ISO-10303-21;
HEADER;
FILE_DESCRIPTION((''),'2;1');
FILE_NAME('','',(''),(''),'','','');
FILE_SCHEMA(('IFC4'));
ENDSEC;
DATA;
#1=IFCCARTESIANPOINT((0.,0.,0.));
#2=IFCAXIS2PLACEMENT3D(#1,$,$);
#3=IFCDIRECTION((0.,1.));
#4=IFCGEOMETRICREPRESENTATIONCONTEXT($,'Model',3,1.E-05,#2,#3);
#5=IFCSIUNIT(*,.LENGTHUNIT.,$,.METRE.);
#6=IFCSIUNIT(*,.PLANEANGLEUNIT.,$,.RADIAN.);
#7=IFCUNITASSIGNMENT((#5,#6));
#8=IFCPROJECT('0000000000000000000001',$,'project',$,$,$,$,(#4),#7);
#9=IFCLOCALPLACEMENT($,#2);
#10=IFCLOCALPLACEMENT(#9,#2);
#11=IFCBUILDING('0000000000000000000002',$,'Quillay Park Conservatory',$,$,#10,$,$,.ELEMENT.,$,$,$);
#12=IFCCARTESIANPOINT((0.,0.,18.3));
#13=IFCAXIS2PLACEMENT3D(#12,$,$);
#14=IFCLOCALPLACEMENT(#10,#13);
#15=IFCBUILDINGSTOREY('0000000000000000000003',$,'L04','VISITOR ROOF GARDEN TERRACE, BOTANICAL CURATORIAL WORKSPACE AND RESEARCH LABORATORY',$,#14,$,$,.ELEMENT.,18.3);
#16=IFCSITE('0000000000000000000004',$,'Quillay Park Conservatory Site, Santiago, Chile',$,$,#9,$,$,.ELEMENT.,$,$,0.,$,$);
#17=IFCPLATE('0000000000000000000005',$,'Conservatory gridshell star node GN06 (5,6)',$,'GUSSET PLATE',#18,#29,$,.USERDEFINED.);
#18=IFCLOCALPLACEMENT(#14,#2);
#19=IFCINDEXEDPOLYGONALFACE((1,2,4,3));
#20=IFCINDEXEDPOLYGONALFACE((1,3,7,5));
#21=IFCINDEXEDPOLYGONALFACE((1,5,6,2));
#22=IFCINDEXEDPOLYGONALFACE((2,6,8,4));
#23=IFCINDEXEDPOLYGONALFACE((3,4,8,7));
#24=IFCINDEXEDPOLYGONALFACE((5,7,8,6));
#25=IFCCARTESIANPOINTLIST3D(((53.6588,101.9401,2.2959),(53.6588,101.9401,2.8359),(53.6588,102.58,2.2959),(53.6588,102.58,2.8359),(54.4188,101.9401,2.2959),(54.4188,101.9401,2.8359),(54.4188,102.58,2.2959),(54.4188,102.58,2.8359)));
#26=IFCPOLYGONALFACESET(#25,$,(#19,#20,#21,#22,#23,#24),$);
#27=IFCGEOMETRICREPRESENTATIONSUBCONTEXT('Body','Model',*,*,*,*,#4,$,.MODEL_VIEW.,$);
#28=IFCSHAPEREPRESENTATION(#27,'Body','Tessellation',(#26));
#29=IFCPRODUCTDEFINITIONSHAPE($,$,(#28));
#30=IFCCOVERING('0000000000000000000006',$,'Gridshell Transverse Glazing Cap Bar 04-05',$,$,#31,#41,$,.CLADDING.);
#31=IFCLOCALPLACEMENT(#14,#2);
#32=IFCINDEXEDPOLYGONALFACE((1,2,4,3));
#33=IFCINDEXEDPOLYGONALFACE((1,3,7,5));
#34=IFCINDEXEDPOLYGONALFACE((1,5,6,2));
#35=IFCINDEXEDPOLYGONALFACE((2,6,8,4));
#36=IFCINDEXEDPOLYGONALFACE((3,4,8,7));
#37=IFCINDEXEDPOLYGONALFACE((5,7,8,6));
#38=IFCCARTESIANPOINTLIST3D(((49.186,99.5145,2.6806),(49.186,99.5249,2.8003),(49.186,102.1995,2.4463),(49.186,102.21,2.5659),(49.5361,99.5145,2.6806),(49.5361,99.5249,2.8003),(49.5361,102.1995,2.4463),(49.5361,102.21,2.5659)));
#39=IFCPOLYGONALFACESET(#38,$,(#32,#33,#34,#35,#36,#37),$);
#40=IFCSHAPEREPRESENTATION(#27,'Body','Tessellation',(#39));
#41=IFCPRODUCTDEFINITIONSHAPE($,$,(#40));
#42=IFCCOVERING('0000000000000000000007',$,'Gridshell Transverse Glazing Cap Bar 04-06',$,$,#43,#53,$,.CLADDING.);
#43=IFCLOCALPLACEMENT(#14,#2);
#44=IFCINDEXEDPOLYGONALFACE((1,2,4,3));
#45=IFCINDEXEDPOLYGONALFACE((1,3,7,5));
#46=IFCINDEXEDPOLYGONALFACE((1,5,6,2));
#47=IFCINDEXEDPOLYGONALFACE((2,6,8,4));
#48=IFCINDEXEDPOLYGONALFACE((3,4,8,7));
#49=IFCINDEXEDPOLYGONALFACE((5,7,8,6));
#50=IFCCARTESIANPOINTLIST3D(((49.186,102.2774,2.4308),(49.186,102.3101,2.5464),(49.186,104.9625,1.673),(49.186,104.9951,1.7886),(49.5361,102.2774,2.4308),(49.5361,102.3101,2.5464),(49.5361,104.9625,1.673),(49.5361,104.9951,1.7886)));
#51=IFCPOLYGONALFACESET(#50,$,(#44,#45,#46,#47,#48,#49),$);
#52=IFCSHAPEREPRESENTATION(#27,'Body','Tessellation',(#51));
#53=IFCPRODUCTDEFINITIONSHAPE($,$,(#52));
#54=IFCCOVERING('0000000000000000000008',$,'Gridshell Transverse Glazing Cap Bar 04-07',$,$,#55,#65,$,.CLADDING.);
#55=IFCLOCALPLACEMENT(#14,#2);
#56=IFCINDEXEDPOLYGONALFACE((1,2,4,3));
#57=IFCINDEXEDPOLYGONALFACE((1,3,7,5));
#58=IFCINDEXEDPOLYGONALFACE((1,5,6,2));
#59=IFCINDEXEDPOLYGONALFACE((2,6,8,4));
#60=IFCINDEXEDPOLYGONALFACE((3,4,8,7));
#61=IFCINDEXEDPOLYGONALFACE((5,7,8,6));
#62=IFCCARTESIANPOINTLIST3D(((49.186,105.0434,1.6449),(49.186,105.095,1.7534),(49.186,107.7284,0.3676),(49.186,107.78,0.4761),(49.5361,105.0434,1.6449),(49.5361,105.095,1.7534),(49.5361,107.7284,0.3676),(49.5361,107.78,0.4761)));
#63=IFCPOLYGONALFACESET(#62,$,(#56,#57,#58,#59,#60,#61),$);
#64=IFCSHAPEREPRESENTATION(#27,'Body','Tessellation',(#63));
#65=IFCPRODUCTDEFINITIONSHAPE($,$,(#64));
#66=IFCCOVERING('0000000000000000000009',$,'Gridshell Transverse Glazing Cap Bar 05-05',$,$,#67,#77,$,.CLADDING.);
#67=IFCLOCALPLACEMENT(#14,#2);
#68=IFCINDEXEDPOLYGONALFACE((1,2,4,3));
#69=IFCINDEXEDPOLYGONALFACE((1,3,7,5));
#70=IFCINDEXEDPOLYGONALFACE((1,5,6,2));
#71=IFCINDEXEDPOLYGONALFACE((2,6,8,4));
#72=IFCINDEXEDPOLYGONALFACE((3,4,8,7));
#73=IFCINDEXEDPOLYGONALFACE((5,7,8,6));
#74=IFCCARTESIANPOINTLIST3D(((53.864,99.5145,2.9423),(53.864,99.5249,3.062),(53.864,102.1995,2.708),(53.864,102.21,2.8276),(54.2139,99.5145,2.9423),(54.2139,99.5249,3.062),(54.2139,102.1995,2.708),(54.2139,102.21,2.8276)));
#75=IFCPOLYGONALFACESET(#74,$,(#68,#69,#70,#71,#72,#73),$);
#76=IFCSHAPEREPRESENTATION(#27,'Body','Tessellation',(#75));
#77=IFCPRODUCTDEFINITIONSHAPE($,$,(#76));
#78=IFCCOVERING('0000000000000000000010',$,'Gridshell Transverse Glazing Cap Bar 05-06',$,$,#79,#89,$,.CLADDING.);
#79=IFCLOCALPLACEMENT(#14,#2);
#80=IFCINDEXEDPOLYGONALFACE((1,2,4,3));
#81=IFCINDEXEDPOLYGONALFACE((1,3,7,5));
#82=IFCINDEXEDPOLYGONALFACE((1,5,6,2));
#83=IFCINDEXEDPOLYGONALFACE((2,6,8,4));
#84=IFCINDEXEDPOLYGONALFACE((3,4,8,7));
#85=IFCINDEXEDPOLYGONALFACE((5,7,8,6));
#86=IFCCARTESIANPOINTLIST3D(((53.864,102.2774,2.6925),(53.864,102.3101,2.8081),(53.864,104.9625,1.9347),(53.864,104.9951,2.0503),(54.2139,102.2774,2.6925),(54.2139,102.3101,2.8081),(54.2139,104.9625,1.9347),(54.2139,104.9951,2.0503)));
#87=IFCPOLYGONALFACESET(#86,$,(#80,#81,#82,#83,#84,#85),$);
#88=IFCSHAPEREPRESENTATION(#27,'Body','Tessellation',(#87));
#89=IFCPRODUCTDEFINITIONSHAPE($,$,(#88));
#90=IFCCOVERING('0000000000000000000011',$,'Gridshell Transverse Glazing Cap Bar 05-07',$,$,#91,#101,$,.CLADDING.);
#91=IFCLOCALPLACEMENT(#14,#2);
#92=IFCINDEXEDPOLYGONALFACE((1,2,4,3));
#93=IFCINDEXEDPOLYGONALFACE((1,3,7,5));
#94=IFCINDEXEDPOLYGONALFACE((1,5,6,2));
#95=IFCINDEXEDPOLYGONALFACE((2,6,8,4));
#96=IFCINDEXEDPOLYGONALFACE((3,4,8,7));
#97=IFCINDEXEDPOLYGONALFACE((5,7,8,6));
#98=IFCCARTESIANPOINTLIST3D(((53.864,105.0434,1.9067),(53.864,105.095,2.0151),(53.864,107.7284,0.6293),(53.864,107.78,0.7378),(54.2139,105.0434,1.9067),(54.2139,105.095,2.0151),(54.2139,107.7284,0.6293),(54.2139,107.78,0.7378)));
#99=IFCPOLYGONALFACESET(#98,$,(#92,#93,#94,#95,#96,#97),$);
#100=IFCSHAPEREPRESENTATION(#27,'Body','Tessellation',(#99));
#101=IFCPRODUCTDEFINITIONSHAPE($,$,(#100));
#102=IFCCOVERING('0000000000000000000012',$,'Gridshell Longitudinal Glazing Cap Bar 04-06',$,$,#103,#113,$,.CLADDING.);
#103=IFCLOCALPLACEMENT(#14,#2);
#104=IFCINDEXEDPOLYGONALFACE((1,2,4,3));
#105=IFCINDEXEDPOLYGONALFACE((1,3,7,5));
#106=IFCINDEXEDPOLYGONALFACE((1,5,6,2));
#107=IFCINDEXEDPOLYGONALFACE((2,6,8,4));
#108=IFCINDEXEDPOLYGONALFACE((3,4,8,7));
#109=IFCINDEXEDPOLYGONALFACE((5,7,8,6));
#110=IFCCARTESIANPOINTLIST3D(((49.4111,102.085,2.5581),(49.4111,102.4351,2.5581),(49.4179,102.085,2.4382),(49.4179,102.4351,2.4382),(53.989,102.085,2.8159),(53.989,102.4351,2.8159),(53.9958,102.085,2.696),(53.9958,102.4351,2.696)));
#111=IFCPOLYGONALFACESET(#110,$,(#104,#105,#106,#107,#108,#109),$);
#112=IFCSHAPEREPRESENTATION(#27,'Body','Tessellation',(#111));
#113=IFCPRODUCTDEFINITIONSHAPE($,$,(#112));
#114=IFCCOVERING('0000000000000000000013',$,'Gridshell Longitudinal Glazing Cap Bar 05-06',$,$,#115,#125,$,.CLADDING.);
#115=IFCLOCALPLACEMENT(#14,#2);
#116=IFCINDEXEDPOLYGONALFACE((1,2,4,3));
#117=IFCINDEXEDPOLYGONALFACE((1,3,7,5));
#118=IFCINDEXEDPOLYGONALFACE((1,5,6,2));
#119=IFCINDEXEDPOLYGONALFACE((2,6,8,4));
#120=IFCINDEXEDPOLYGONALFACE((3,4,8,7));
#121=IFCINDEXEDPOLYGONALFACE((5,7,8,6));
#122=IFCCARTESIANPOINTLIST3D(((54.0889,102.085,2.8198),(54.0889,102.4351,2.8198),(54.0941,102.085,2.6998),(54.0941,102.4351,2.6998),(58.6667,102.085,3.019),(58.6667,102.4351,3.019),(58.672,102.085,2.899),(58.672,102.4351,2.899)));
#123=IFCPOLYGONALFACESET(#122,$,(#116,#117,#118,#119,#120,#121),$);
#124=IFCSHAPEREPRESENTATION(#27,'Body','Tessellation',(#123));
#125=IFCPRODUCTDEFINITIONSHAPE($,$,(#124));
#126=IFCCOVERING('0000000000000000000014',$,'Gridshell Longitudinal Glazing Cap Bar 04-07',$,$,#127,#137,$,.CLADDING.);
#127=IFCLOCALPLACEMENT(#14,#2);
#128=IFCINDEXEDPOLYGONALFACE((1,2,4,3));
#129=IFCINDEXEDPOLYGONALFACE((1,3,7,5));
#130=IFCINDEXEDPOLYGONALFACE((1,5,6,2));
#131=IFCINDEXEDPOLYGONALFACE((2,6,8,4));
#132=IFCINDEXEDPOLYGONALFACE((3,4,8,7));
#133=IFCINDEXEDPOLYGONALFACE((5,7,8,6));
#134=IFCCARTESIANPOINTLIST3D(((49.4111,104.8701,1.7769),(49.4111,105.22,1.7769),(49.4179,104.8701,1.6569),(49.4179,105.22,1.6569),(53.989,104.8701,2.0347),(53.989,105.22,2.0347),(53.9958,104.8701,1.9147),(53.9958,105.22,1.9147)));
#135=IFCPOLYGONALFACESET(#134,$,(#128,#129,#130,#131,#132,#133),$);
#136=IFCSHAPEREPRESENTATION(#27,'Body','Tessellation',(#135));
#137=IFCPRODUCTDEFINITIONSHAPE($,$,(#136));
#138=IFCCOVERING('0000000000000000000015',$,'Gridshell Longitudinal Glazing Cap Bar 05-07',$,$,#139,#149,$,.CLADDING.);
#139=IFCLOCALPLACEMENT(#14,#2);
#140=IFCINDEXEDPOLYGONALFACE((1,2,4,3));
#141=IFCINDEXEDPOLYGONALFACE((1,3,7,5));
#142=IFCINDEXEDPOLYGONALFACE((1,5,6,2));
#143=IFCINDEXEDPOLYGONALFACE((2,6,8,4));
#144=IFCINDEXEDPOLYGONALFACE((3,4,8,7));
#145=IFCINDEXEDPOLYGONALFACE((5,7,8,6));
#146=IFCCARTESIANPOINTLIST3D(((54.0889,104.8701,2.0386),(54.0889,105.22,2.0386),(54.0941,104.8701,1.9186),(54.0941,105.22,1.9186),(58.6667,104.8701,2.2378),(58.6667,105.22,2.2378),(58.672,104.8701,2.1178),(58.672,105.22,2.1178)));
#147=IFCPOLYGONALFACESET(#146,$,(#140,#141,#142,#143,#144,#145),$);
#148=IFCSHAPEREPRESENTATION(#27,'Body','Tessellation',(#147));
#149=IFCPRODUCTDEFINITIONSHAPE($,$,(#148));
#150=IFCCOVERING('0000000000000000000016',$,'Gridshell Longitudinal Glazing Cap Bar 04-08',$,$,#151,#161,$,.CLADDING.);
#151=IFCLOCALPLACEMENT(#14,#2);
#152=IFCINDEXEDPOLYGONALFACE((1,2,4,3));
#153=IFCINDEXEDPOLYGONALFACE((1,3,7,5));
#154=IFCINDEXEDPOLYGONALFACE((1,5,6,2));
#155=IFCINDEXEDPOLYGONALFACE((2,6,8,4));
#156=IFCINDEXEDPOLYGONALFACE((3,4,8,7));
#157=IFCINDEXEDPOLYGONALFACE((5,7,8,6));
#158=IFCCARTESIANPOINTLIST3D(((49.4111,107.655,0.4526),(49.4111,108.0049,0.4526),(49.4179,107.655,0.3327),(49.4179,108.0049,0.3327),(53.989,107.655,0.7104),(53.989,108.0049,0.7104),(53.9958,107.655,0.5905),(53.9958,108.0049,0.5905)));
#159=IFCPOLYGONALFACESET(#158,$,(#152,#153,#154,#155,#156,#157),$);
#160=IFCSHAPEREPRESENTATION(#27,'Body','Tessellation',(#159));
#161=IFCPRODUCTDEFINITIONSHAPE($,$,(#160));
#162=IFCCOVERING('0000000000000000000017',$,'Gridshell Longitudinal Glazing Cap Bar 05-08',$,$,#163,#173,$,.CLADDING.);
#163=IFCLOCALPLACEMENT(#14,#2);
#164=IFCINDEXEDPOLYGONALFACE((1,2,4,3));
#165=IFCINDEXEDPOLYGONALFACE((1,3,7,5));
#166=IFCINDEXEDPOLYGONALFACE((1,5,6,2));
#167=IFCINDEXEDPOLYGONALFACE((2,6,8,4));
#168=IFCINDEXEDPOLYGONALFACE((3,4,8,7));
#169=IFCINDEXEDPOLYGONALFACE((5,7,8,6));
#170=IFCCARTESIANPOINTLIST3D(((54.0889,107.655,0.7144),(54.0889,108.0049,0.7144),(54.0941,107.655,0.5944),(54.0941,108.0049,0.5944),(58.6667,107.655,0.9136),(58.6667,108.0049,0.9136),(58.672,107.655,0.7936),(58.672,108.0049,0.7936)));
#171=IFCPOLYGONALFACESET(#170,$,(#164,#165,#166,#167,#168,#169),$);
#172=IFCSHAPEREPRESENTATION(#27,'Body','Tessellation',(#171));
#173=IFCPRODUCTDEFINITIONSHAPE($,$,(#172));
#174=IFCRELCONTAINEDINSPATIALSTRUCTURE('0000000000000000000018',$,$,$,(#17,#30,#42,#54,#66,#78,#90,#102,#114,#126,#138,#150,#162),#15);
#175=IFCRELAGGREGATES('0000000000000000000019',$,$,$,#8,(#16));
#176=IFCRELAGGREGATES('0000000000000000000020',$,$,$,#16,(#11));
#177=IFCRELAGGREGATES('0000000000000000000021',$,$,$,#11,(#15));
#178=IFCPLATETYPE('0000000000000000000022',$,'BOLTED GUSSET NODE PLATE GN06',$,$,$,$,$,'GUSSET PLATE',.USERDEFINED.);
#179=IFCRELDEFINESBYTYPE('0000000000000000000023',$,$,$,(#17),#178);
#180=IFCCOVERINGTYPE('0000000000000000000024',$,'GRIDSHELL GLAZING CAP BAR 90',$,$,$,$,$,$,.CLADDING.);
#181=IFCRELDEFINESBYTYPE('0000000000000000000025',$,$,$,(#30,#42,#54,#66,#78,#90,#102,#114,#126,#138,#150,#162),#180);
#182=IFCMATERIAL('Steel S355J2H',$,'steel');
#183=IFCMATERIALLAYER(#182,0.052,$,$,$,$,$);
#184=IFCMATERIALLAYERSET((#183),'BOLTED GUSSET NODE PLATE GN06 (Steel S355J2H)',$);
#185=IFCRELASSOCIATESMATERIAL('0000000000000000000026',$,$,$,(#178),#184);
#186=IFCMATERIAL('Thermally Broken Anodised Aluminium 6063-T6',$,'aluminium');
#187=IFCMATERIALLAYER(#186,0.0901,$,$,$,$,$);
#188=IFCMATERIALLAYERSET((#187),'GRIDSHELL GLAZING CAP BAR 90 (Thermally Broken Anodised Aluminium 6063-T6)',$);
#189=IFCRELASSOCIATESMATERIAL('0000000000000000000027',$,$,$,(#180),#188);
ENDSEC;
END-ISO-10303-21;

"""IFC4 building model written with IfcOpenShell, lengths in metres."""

from ifc_helpers import new_model, si_unit, direction, frame, origin, origin_2d, place, context, subcontext, project, spatial, polyline, rectangle, outline, extrude, material, layer, layer_set, type_object, element, save


model = new_model("IFC4")

# Units and contexts
model_context = context("Model", 3, precision=1e-05, world=origin(), true_north=direction((0.0, 1.0)))
body_context = subcontext(model_context, "Body", "Model", "MODEL_VIEW")
ifc_project = project(units=[si_unit("LENGTHUNIT", "METRE"), si_unit("PLANEANGLEUNIT", "RADIAN")], contexts=[model_context])

# Site, building, storey
site_placement = place(None, origin())
site = spatial("IfcSite", under=ifc_project, at=site_placement, Name="Quillay Park Conservatory Site, Santiago, Chile", CompositionType="ELEMENT", RefElevation=0.0)
building_placement = place(site_placement, origin())
building = spatial("IfcBuilding", under=site, at=building_placement, Name="Quillay Park Conservatory", CompositionType="ELEMENT")
storey_placement = place(building_placement, frame((0.0, 0.0, 18.3)))
storey = spatial("IfcBuildingStorey", under=building, at=storey_placement, Name="L04", Description="VISITOR ROOF GARDEN TERRACE, BOTANICAL CURATORIAL WORKSPACE AND RESEARCH LABORATORY", CompositionType="ELEMENT", Elevation=18.3)

# Plate
ifc_material_1 = material(Name="Steel S355J2H", Category="steel")
ifc_layer_1 = layer(ifc_material_1, 0.052)
ifc_layer_set_1 = layer_set([ifc_layer_1], Name="BOLTED GUSSET NODE PLATE GN06 (Steel S355J2H)")
plate_type_1 = type_object("IfcPlateType", Name="BOLTED GUSSET NODE PLATE GN06", ElementType="GUSSET PLATE", PredefinedType="USERDEFINED", material=ifc_layer_set_1)
for number, where, z_axis, x_axis, name in (
    (1, (54.0388, 102.26, 2.2959), (0.0, 0.0, 1.0), (1.0, 0.0, 0.0), "Conservatory gridshell star node GN06 (5,6)"),
):
    element("IfcPlate", number, at=place(storey_placement, frame(where, z_axis=z_axis, x_axis=x_axis)), inside=storey, type_object=plate_type_1, Name=name, ObjectType="GUSSET PLATE", PredefinedType="USERDEFINED", context=body_context, shape_type="SweptSolid", body=[
        extrude(rectangle(XDim=0.76, YDim=0.6399, at=origin_2d()), origin(), (0.0, 0.0, 1.0), 0.54),
    ])

# Coverings
ifc_material_2 = material(Name="Thermally Broken Anodised Aluminium 6063-T6", Category="aluminium")
ifc_layer_2 = layer(ifc_material_2, 0.0901)
ifc_layer_set_2 = layer_set([ifc_layer_2], Name="GRIDSHELL GLAZING CAP BAR 90 (Thermally Broken Anodised Aluminium 6063-T6)")
covering_type = type_object("IfcCoveringType", Name="GRIDSHELL GLAZING CAP BAR 90", PredefinedType="CLADDING", material=ifc_layer_set_2)
covering_1_placement = place(storey_placement, frame((49.186, 99.5249, 2.8003), z_axis=(0.0, 0.086958, 0.996212), x_axis=(1.0, 0.0, 0.0)))
element("IfcCovering", 2, at=covering_1_placement, inside=storey, type_object=covering_type, Name="Gridshell Transverse Glazing Cap Bar 04-05", PredefinedType="CLADDING", context=body_context, shape_type="SweptSolid", body=[
    extrude(outline(polyline([(0.0, 0.0), (0.3501, 0.0), (0.3501, 2.6953), (0.0, 2.6953), (0.0, 0.0)])), origin(), (0.0, 0.0, -1.0), 0.1201),
])
covering_2_placement = place(storey_placement, frame((49.186, 102.3101, 2.5464), z_axis=(0.0, 0.271622, 0.962404), x_axis=(1.0, 0.0, 0.0)))
element("IfcCovering", 3, at=covering_2_placement, inside=storey, type_object=covering_type, Name="Gridshell Transverse Glazing Cap Bar 04-06", PredefinedType="CLADDING", context=body_context, shape_type="SweptSolid", body=[
    extrude(outline(polyline([(0.0, 0.0), (0.3501, 0.0), (0.3501, 2.7899), (0.0, 2.7899), (0.0, 0.0)])), origin(), (0.0, 0.0, -1.0), 0.1201),
])
covering_3_placement = place(storey_placement, frame((49.186, 105.095, 1.7534), z_axis=(0.0, 0.429589, 0.903024), x_axis=(1.0, 0.0, 0.0)))
element("IfcCovering", 4, at=covering_3_placement, inside=storey, type_object=covering_type, Name="Gridshell Transverse Glazing Cap Bar 04-07", PredefinedType="CLADDING", context=body_context, shape_type="SweptSolid", body=[
    extrude(outline(polyline([(0.0, 0.0), (0.3501, 0.0), (0.3501, 2.9734), (0.0, 2.9734), (0.0, 0.0)])), origin(), (0.0, 0.0, -1.0), 0.1201),
])
covering_4_placement = place(storey_placement, frame((53.864, 99.5249, 3.062), z_axis=(0.0, 0.086958, 0.996212), x_axis=(1.0, 0.0, 0.0)))
element("IfcCovering", 5, at=covering_4_placement, inside=storey, type_object=covering_type, Name="Gridshell Transverse Glazing Cap Bar 05-05", PredefinedType="CLADDING", context=body_context, shape_type="SweptSolid", body=[
    extrude(outline(polyline([(0.0, 0.0), (0.3499, 0.0), (0.3499, 2.6953), (0.0, 2.6953), (0.0, 0.0)])), origin(), (0.0, 0.0, -1.0), 0.1201),
])
covering_5_placement = place(storey_placement, frame((53.864, 102.3101, 2.8081), z_axis=(0.0, 0.271622, 0.962404), x_axis=(1.0, 0.0, 0.0)))
element("IfcCovering", 6, at=covering_5_placement, inside=storey, type_object=covering_type, Name="Gridshell Transverse Glazing Cap Bar 05-06", PredefinedType="CLADDING", context=body_context, shape_type="SweptSolid", body=[
    extrude(outline(polyline([(0.0, 0.0), (0.3499, 0.0), (0.3499, 2.7899), (0.0, 2.7899), (0.0, 0.0)])), origin(), (0.0, 0.0, -1.0), 0.1201),
])
covering_6_placement = place(storey_placement, frame((53.864, 105.095, 2.0151), z_axis=(0.0, 0.429589, 0.903024), x_axis=(1.0, 0.0, 0.0)))
element("IfcCovering", 7, at=covering_6_placement, inside=storey, type_object=covering_type, Name="Gridshell Transverse Glazing Cap Bar 05-07", PredefinedType="CLADDING", context=body_context, shape_type="SweptSolid", body=[
    extrude(outline(polyline([(0.0, 0.0), (0.3499, 0.0), (0.3499, 2.9734), (0.0, 2.9734), (0.0, 0.0)])), origin(), (0.0, 0.0, -1.0), 0.1201),
])
covering_7_placement = place(storey_placement, frame((49.4111, 102.085, 2.5581), z_axis=(-0.056228, 0.0, 0.998418), x_axis=(0.998418, 0.0, 0.056228)))
element("IfcCovering", 8, at=covering_7_placement, inside=storey, type_object=covering_type, Name="Gridshell Longitudinal Glazing Cap Bar 04-06", PredefinedType="CLADDING", context=body_context, shape_type="SweptSolid", body=[
    extrude(outline(polyline([(0.0, 0.0), (4.5851, 0.0), (4.5851, 0.3501), (0.0, 0.3501), (0.0, 0.0)])), origin(), (0.0, 0.0, -1.0), 0.1201),
])
covering_8_placement = place(storey_placement, frame((54.0889, 102.085, 2.8198), z_axis=(-0.043477, 0.0, 0.999054), x_axis=(0.999054, 0.0, 0.043477)))
element("IfcCovering", 9, at=covering_8_placement, inside=storey, type_object=covering_type, Name="Gridshell Longitudinal Glazing Cap Bar 05-06", PredefinedType="CLADDING", context=body_context, shape_type="SweptSolid", body=[
    extrude(outline(polyline([(0.0, 0.0), (4.5822, 0.0), (4.5822, 0.3501), (0.0, 0.3501), (0.0, 0.0)])), origin(), (0.0, 0.0, -1.0), 0.1201),
])
covering_9_placement = place(storey_placement, frame((49.4111, 104.8701, 1.7769), z_axis=(-0.056228, 0.0, 0.998418), x_axis=(0.998418, 0.0, 0.056228)))
element("IfcCovering", 10, at=covering_9_placement, inside=storey, type_object=covering_type, Name="Gridshell Longitudinal Glazing Cap Bar 04-07", PredefinedType="CLADDING", context=body_context, shape_type="SweptSolid", body=[
    extrude(outline(polyline([(0.0, 0.0), (4.5851, 0.0), (4.5851, 0.3499), (0.0, 0.3499), (0.0, 0.0)])), origin(), (0.0, 0.0, -1.0), 0.1201),
])
covering_10_placement = place(storey_placement, frame((54.0889, 104.8701, 2.0386), z_axis=(-0.043477, 0.0, 0.999054), x_axis=(0.999054, 0.0, 0.043477)))
element("IfcCovering", 11, at=covering_10_placement, inside=storey, type_object=covering_type, Name="Gridshell Longitudinal Glazing Cap Bar 05-07", PredefinedType="CLADDING", context=body_context, shape_type="SweptSolid", body=[
    extrude(outline(polyline([(0.0, 0.0), (4.5822, 0.0), (4.5822, 0.3499), (0.0, 0.3499), (0.0, 0.0)])), origin(), (0.0, 0.0, -1.0), 0.1201),
])
covering_11_placement = place(storey_placement, frame((49.4111, 107.655, 0.4526), z_axis=(-0.056228, 0.0, 0.998418), x_axis=(0.998418, 0.0, 0.056228)))
element("IfcCovering", 12, at=covering_11_placement, inside=storey, type_object=covering_type, Name="Gridshell Longitudinal Glazing Cap Bar 04-08", PredefinedType="CLADDING", context=body_context, shape_type="SweptSolid", body=[
    extrude(outline(polyline([(0.0, 0.0), (4.5851, 0.0), (4.5851, 0.3499), (0.0, 0.3499), (0.0, 0.0)])), origin(), (0.0, 0.0, -1.0), 0.1201),
])
covering_12_placement = place(storey_placement, frame((54.0889, 107.655, 0.7144), z_axis=(-0.043477, 0.0, 0.999054), x_axis=(0.999054, 0.0, 0.043477)))
element("IfcCovering", 13, at=covering_12_placement, inside=storey, type_object=covering_type, Name="Gridshell Longitudinal Glazing Cap Bar 05-08", PredefinedType="CLADDING", context=body_context, shape_type="SweptSolid", body=[
    extrude(outline(polyline([(0.0, 0.0), (4.5822, 0.0), (4.5822, 0.3499), (0.0, 0.3499), (0.0, 0.0)])), origin(), (0.0, 0.0, -1.0), 0.1201),
])

save(model, "model.ifc")
